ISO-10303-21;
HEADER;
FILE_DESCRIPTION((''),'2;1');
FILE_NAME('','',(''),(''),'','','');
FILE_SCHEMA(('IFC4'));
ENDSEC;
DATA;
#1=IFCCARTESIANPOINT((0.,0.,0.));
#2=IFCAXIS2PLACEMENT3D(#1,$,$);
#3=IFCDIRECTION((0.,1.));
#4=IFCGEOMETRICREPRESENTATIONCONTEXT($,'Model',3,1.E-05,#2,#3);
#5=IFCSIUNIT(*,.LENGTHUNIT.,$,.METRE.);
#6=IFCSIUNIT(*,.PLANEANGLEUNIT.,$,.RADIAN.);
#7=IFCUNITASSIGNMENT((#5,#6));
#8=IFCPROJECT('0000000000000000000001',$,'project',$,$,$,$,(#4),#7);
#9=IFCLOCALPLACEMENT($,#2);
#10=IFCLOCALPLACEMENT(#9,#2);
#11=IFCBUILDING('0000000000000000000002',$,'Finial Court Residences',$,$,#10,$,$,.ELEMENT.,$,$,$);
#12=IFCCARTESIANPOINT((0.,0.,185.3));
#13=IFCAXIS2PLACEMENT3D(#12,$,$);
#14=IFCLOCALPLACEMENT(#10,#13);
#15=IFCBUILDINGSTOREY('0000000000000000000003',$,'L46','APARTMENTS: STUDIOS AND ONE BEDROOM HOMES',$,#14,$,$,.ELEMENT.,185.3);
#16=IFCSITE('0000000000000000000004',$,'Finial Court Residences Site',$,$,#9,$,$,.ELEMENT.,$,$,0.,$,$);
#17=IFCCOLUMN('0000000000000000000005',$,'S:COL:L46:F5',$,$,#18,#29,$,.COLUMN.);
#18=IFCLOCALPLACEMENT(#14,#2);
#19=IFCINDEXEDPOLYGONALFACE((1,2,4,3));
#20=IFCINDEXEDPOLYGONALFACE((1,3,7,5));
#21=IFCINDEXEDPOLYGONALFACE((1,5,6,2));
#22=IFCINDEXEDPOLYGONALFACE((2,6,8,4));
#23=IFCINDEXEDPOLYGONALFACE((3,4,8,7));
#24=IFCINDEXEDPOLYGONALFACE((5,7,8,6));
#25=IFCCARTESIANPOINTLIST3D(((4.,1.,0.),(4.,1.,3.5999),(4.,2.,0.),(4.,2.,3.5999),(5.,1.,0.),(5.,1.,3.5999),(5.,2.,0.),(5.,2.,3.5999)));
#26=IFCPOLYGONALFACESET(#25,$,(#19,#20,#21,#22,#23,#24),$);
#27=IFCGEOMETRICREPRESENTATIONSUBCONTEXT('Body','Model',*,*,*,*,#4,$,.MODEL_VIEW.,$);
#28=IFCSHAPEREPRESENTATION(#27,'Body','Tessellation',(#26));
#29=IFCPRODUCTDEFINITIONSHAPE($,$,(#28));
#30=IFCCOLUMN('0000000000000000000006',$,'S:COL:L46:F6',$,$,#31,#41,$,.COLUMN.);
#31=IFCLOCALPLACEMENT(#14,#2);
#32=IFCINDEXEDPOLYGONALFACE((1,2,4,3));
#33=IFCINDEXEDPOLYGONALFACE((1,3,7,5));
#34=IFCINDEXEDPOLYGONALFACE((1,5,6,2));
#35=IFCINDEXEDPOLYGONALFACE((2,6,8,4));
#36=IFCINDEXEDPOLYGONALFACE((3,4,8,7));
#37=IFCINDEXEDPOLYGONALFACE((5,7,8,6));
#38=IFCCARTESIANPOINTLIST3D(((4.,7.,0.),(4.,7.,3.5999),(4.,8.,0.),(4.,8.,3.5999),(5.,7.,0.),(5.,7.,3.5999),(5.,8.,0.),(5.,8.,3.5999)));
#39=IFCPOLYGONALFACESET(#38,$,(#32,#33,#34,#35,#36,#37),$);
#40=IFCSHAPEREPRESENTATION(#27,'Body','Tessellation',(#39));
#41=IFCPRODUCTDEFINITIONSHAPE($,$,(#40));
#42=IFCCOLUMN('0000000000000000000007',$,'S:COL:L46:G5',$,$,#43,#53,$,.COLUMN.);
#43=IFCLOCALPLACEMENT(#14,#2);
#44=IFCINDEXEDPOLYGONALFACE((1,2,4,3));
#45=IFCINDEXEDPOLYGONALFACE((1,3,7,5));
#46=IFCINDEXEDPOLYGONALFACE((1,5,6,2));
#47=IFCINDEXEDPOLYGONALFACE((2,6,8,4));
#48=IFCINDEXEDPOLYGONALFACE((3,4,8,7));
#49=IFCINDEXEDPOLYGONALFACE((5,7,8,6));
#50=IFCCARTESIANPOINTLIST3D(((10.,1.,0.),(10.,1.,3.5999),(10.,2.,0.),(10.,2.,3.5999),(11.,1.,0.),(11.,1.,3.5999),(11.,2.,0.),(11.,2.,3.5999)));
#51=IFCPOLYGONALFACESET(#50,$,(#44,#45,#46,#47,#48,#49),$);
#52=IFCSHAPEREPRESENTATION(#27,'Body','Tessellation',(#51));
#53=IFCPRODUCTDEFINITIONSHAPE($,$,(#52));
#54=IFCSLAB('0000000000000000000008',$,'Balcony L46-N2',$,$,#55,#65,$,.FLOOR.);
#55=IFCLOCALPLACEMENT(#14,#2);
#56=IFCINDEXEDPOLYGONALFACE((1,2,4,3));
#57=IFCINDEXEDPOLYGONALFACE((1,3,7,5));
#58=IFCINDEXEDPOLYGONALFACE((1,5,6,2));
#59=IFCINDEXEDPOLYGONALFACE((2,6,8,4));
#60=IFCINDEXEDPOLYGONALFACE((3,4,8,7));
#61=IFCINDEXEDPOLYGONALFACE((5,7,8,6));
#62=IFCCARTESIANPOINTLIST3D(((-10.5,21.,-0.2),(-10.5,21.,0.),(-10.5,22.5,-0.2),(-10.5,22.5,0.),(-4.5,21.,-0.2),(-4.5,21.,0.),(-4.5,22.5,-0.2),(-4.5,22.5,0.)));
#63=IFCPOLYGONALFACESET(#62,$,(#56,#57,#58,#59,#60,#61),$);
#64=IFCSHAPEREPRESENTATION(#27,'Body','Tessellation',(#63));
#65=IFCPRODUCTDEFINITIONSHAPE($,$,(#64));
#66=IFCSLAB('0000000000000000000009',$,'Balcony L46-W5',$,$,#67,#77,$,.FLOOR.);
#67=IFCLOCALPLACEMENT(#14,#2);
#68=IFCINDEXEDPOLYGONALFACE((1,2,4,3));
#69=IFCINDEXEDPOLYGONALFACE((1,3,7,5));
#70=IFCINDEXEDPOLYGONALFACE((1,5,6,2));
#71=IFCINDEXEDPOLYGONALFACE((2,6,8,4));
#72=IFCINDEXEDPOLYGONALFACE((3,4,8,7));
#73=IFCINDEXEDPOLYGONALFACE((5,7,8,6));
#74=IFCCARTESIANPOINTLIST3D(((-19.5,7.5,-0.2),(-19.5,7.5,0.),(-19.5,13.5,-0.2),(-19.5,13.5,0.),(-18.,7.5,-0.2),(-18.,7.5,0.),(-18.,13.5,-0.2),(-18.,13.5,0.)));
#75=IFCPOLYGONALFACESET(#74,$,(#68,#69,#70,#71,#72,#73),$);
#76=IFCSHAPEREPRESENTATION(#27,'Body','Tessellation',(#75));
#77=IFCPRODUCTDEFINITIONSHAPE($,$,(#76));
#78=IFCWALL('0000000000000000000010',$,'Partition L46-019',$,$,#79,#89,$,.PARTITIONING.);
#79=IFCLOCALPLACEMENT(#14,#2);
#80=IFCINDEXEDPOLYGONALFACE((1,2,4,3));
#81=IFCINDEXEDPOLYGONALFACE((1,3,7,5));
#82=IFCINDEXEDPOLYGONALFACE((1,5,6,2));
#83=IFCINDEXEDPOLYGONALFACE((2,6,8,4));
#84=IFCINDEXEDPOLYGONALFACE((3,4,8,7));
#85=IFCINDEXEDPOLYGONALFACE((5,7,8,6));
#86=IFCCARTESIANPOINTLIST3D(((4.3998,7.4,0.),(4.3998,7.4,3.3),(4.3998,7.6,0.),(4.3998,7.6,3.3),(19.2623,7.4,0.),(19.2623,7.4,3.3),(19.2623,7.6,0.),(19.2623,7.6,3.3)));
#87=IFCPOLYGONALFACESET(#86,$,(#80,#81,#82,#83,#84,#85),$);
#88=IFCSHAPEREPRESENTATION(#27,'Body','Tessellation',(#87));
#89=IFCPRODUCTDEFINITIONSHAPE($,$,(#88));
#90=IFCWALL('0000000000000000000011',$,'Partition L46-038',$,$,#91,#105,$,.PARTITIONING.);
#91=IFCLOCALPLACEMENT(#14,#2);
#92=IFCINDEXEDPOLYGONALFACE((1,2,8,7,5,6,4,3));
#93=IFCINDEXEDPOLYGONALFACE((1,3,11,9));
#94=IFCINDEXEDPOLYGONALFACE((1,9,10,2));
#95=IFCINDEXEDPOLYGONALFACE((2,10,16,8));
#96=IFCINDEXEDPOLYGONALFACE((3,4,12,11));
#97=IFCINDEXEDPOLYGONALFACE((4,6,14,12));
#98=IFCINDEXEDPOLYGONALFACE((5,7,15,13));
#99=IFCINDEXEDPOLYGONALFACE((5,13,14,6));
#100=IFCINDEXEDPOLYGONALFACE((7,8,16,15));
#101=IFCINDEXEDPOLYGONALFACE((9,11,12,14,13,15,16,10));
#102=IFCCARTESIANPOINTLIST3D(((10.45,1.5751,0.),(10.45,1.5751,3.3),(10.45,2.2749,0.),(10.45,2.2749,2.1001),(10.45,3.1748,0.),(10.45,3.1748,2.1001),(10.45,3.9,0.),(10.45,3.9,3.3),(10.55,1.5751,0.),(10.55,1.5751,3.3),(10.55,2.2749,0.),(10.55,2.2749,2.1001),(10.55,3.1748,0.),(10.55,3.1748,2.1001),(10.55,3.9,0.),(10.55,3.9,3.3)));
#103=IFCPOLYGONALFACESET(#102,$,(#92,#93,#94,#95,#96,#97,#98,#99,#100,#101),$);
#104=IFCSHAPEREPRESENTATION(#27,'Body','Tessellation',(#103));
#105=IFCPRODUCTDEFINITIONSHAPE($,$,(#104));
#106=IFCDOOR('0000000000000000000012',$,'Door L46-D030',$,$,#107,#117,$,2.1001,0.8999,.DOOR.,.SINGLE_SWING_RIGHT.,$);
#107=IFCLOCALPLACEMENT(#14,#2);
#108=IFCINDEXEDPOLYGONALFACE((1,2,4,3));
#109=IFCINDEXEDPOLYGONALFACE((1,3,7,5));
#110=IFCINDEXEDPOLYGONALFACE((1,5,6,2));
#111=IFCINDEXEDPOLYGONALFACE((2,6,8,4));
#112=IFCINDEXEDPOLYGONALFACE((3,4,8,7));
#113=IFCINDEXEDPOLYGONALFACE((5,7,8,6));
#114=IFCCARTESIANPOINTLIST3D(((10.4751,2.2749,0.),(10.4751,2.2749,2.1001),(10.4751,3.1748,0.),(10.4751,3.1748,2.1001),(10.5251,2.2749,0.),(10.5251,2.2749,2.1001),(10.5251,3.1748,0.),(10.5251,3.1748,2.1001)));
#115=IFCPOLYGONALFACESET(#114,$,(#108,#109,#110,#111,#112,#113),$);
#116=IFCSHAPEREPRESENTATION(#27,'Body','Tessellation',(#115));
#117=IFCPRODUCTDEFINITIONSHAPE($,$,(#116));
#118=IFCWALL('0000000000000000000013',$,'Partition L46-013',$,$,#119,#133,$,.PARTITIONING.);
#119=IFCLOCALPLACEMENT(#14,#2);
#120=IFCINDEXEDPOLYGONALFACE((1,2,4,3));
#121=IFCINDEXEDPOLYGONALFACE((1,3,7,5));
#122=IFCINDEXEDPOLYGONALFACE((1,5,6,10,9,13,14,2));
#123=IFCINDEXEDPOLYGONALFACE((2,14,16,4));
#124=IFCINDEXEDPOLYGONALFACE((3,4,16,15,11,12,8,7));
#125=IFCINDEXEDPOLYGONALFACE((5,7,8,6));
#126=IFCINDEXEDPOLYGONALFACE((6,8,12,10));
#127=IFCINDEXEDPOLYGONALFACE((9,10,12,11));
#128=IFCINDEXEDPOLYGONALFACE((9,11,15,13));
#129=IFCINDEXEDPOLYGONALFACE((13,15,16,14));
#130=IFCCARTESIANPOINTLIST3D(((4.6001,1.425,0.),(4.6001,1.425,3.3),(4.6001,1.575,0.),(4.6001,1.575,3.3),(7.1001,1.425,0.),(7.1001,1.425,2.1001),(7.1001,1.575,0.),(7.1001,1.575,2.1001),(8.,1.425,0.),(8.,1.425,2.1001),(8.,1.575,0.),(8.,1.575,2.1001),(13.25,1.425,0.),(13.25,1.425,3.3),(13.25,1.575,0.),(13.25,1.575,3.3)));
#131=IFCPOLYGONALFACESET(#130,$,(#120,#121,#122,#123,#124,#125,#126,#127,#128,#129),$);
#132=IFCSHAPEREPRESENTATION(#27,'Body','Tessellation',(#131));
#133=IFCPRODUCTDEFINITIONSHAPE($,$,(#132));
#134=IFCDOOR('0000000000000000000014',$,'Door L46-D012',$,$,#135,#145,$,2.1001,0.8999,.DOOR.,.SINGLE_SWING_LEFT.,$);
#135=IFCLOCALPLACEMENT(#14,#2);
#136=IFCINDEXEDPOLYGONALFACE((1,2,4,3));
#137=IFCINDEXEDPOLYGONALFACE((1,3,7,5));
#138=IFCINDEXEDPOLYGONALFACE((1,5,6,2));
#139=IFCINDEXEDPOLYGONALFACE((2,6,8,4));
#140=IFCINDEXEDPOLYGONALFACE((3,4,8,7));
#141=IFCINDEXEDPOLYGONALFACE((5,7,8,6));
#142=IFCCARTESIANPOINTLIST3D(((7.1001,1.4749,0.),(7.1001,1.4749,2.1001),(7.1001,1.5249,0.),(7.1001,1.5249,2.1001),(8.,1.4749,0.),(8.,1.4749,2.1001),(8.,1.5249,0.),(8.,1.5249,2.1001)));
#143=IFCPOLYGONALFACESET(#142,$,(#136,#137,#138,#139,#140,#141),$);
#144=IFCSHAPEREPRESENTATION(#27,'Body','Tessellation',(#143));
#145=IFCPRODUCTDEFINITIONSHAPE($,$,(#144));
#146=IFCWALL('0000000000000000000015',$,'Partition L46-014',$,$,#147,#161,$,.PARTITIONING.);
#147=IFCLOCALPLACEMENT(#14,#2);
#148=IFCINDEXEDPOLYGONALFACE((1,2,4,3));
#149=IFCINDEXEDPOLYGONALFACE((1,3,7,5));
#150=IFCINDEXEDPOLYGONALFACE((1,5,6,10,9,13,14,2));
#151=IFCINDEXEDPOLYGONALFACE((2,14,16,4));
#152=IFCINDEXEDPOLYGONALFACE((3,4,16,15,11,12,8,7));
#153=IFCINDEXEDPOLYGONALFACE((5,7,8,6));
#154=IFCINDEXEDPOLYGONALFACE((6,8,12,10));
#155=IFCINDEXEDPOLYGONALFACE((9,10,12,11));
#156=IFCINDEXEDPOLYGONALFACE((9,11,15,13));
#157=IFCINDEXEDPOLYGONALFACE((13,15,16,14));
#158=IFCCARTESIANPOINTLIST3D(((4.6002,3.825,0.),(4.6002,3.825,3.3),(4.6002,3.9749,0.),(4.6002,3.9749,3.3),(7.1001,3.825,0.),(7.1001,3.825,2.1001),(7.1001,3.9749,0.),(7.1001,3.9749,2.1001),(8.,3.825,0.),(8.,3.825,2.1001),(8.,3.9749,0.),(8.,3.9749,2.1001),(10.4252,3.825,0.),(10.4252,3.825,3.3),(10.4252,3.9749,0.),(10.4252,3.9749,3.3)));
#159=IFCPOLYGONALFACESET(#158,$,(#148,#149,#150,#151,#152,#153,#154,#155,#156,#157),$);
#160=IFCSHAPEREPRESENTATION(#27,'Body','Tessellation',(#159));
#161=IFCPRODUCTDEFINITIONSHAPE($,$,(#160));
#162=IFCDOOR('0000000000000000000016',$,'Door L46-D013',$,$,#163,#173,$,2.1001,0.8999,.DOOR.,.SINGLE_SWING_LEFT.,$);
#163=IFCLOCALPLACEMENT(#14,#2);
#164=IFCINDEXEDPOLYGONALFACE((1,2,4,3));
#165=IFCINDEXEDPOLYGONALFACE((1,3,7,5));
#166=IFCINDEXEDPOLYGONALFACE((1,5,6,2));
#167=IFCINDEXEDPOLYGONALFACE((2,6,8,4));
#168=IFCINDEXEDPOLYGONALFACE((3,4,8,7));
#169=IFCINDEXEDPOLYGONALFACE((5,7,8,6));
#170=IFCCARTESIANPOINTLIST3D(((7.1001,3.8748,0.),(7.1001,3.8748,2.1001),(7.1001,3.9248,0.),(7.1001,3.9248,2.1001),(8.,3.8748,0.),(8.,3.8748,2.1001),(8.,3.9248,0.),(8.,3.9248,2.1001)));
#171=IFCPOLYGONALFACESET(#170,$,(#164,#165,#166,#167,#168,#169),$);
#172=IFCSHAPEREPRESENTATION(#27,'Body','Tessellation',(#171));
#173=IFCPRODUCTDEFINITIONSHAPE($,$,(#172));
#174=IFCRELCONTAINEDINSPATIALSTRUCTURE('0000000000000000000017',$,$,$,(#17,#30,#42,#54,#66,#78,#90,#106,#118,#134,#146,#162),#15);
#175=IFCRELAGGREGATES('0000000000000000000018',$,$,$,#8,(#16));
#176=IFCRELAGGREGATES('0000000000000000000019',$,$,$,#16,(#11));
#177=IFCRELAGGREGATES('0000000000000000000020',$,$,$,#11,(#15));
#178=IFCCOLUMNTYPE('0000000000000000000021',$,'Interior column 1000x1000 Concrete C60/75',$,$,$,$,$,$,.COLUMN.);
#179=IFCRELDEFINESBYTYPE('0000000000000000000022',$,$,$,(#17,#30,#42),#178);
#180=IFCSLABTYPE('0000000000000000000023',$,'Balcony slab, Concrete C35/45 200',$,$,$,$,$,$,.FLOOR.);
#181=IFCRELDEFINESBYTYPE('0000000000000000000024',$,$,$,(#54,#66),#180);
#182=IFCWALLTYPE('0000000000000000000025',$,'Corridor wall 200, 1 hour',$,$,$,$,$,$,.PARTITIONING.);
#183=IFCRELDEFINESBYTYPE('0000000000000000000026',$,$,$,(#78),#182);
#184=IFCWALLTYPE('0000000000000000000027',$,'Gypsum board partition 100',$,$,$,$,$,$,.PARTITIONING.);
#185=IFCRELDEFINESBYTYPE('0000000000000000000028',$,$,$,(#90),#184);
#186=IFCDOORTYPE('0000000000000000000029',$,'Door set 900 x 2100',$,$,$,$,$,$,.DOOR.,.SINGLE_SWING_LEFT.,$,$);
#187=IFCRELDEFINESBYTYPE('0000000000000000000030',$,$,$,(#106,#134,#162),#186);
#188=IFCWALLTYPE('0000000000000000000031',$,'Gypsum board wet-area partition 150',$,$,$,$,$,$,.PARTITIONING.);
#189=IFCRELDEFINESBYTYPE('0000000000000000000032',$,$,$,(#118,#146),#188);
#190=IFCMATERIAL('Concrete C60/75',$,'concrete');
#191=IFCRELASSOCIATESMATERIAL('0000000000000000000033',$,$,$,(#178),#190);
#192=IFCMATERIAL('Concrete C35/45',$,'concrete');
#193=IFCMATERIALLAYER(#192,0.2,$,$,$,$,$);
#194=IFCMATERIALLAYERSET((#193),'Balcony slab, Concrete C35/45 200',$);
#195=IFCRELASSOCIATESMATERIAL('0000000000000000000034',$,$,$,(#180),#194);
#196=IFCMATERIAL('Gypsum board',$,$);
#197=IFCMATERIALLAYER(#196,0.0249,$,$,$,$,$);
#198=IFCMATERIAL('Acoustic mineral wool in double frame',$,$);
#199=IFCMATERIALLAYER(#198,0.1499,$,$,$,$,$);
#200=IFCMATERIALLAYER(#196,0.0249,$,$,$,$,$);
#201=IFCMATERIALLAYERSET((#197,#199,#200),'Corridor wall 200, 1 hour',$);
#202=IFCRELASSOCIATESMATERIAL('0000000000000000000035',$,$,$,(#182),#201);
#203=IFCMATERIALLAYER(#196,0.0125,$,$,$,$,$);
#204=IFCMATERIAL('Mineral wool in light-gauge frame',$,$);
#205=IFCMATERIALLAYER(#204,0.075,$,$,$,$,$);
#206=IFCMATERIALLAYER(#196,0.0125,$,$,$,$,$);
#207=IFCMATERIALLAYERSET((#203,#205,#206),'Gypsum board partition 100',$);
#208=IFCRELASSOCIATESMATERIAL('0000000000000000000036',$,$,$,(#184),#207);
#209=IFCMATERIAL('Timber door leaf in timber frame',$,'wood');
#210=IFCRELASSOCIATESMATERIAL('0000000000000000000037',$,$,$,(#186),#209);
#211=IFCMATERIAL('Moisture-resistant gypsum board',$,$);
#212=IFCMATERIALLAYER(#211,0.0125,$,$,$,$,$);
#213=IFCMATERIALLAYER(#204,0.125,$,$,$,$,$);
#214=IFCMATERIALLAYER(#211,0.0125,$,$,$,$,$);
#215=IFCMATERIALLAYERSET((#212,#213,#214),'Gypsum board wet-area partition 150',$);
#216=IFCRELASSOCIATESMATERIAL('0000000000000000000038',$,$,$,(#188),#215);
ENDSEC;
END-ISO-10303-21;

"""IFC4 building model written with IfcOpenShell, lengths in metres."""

from ifc_helpers import new_model, si_unit, direction, frame, frame_2d, origin, origin_2d, place, context, subcontext, project, spatial, polyline, rectangle, outline, extrude, material, layer, layer_set, material_profile, profile_set, type_object, element, fill, save


model = new_model("IFC4")

# Units and contexts
model_context = context("Model", 3, precision=1e-05, world=origin(), true_north=direction((0.0, 1.0)))
body_context = subcontext(model_context, "Body", "Model", "MODEL_VIEW")
ifc_project = project(units=[si_unit("LENGTHUNIT", "METRE"), si_unit("PLANEANGLEUNIT", "RADIAN")], contexts=[model_context])

# Site, building, storey
site_placement = place(None, origin())
site = spatial("IfcSite", under=ifc_project, at=site_placement, Name="Finial Court Residences Site", CompositionType="ELEMENT", RefElevation=0.0)
building_placement = place(site_placement, origin())
building = spatial("IfcBuilding", under=site, at=building_placement, Name="Finial Court Residences", CompositionType="ELEMENT")
storey_placement = place(building_placement, frame((0.0, 0.0, 185.3)))
storey = spatial("IfcBuildingStorey", under=building, at=storey_placement, Name="L46", Description="APARTMENTS: STUDIOS AND ONE BEDROOM HOMES", CompositionType="ELEMENT", Elevation=185.3)

# Columns
ifc_material_1 = material(Name="Concrete C60/75", Category="concrete")
ifc_material_profile = material_profile(ifc_material_1, rectangle(XDim=1.0, YDim=1.0, at=origin_2d()), Name="1000x1000")
ifc_profile_set = profile_set([ifc_material_profile], Name="Concrete C60/75")
column_type = type_object("IfcColumnType", Name="Interior column 1000x1000 Concrete C60/75", PredefinedType="COLUMN", material=ifc_profile_set)
for number, where, z_axis, x_axis, name in (
    (1, (4.5, 1.5, 0.0), (0.0, 0.0, 1.0), (1.0, 0.0, 0.0), "S:COL:L46:F5"),
    (2, (4.5, 7.5, 0.0), (0.0, 0.0, 1.0), (1.0, 0.0, 0.0), "S:COL:L46:F6"),
    (3, (10.5, 1.5, 0.0), (0.0, 0.0, 1.0), (1.0, 0.0, 0.0), "S:COL:L46:G5"),
):
    element("IfcColumn", number, at=place(storey_placement, frame(where, z_axis=z_axis, x_axis=x_axis)), inside=storey, type_object=column_type, Name=name, PredefinedType="COLUMN", context=body_context, shape_type="SweptSolid", body=[
        extrude(rectangle(XDim=1.0, YDim=1.0, at=origin_2d()), origin(), (0.0, 0.0, 1.0), 3.5999),
    ])

# Slabs
ifc_material_2 = material(Name="Concrete C35/45", Category="concrete")
ifc_layer_1 = layer(ifc_material_2, 0.2)
ifc_layer_set_1 = layer_set([ifc_layer_1], Name="Balcony slab, Concrete C35/45 200")
slab_type = type_object("IfcSlabType", Name="Balcony slab, Concrete C35/45 200", PredefinedType="FLOOR", material=ifc_layer_set_1)
slab_1_placement = place(storey_placement, frame((0.0, 0.0, -0.2)))
element("IfcSlab", 4, at=slab_1_placement, inside=storey, type_object=slab_type, Name="Balcony L46-N2", PredefinedType="FLOOR", context=body_context, shape_type="SweptSolid", body=[
    extrude(outline(polyline([(-4.5, 21.0), (-4.5, 22.5), (-10.5, 22.5), (-10.5, 21.0), (-4.5, 21.0)])), origin(), (0.0, 0.0, 1.0), 0.2),
])
slab_2_placement = place(storey_placement, frame((0.0, 0.0, -0.2)))
element("IfcSlab", 5, at=slab_2_placement, inside=storey, type_object=slab_type, Name="Balcony L46-W5", PredefinedType="FLOOR", context=body_context, shape_type="SweptSolid", body=[
    extrude(outline(polyline([(-18.0, 7.5), (-18.0, 13.5), (-19.5, 13.5), (-19.5, 7.5), (-18.0, 7.5)])), origin(), (0.0, 0.0, 1.0), 0.2),
])

# Wall
ifc_material_3 = material(Name="Gypsum board")
ifc_layer_2 = layer(ifc_material_3, 0.0249)
ifc_material_4 = material(Name="Acoustic mineral wool in double frame")
ifc_layer_3 = layer(ifc_material_4, 0.1499)
ifc_layer_4 = layer(ifc_material_3, 0.0249)
ifc_layer_set_2 = layer_set([ifc_layer_2, ifc_layer_3, ifc_layer_4], Name="Corridor wall 200, 1 hour")
wall_type_1 = type_object("IfcWallType", Name="Corridor wall 200, 1 hour", PredefinedType="PARTITIONING", material=ifc_layer_set_2)
wall_1_placement = place(storey_placement, frame((4.3999, 7.5, 0.0), z_axis=(0.0, 0.0, 1.0), x_axis=(1.0, 0.0, 0.0)))
element("IfcWall", 6, at=wall_1_placement, inside=storey, type_object=wall_type_1, Name="Partition L46-019", PredefinedType="PARTITIONING", context=body_context, shape_type="SweptSolid", body=[
    extrude(rectangle(XDim=14.8625, YDim=0.2, at=frame_2d((7.4312, 0.0))), origin(), (0.0, 0.0, 1.0), 3.3),
])

# Walls, openings, doors
ifc_layer_5 = layer(ifc_material_3, 0.0125)
ifc_material_5 = material(Name="Mineral wool in light-gauge frame")
ifc_layer_6 = layer(ifc_material_5, 0.075)
ifc_layer_7 = layer(ifc_material_3, 0.0125)
ifc_layer_set_3 = layer_set([ifc_layer_5, ifc_layer_6, ifc_layer_7], Name="Gypsum board partition 100")
wall_type_2 = type_object("IfcWallType", Name="Gypsum board partition 100", PredefinedType="PARTITIONING", material=ifc_layer_set_3)
wall_2_placement = place(storey_placement, frame((10.5, 1.575, 0.0), z_axis=(0.0, 0.0, 1.0), x_axis=(0.0, 1.0, 0.0)))
wall_2 = element("IfcWall", 7, at=wall_2_placement, inside=storey, type_object=wall_type_2, Name="Partition L46-038", PredefinedType="PARTITIONING", context=body_context, shape_type="SweptSolid", body=[
    extrude(rectangle(XDim=2.325, YDim=0.1001, at=frame_2d((1.1626, 0.0))), origin(), (0.0, 0.0, 1.0), 3.3),
])
opening_1_placement = place(wall_2_placement, frame((0.7, 0.0, 0.0)))
opening_1 = element("IfcOpeningElement", 8, at=opening_1_placement, cuts=wall_2, PredefinedType="OPENING", context=body_context, shape_type="SweptSolid", body=[
    extrude(rectangle(XDim=0.8999, YDim=2.1001, at=frame_2d((0.45, 1.05))), frame((0.0, 0.0601, 0.0), z_axis=(0.0, -1.0, 0.0), x_axis=(1.0, 0.0, 0.0)), (0.0, 0.0, 1.0), 0.1201),
])
ifc_material_6 = material(Name="Timber door leaf in timber frame", Category="wood")
door_type = type_object("IfcDoorType", Name="Door set 900 x 2100", OperationType="SINGLE_SWING_LEFT", PredefinedType="DOOR", material=ifc_material_6)
door_1_placement = place(opening_1_placement, origin())
door_1 = element("IfcDoor", 9, at=door_1_placement, inside=storey, type_object=door_type, Name="Door L46-D030", OperationType="SINGLE_SWING_RIGHT", OverallHeight=2.1001, OverallWidth=0.8999, PredefinedType="DOOR", context=body_context, shape_type="SweptSolid", body=[
    extrude(rectangle(XDim=0.8999, YDim=2.1001, at=frame_2d((0.45, 1.05))), frame((0.0, 0.0249, 0.0), z_axis=(0.0, -1.0, 0.0), x_axis=(1.0, 0.0, 0.0)), (0.0, 0.0, 1.0), 0.05),
])
fill(opening_1, door_1)
ifc_material_7 = material(Name="Moisture-resistant gypsum board")
ifc_layer_8 = layer(ifc_material_7, 0.0125)
ifc_layer_9 = layer(ifc_material_5, 0.125)
ifc_layer_10 = layer(ifc_material_7, 0.0125)
ifc_layer_set_4 = layer_set([ifc_layer_8, ifc_layer_9, ifc_layer_10], Name="Gypsum board wet-area partition 150")
wall_type_3 = type_object("IfcWallType", Name="Gypsum board wet-area partition 150", PredefinedType="PARTITIONING", material=ifc_layer_set_4)
wall_3_placement = place(storey_placement, frame((4.6001, 1.5, 0.0), z_axis=(0.0, 0.0, 1.0), x_axis=(1.0, 0.0, 0.0)))
wall_3 = element("IfcWall", 10, at=wall_3_placement, inside=storey, type_object=wall_type_3, Name="Partition L46-013", PredefinedType="PARTITIONING", context=body_context, shape_type="SweptSolid", body=[
    extrude(rectangle(XDim=8.6499, YDim=0.1499, at=frame_2d((4.325, 0.0))), origin(), (0.0, 0.0, 1.0), 3.3),
])
opening_2_placement = place(wall_3_placement, frame((2.5, 0.0, 0.0)))
opening_2 = element("IfcOpeningElement", 11, at=opening_2_placement, cuts=wall_3, PredefinedType="OPENING", context=body_context, shape_type="SweptSolid", body=[
    extrude(rectangle(XDim=0.8999, YDim=2.1001, at=frame_2d((0.45, 1.05))), frame((0.0, 0.085, 0.0), z_axis=(0.0, -1.0, 0.0), x_axis=(1.0, 0.0, 0.0)), (0.0, 0.0, 1.0), 0.1699),
])
door_2_placement = place(opening_2_placement, origin())
door_2 = element("IfcDoor", 12, at=door_2_placement, inside=storey, type_object=door_type, Name="Door L46-D012", OperationType="SINGLE_SWING_LEFT", OverallHeight=2.1001, OverallWidth=0.8999, PredefinedType="DOOR", context=body_context, shape_type="SweptSolid", body=[
    extrude(rectangle(XDim=0.8999, YDim=2.1001, at=frame_2d((0.45, 1.05))), frame((0.0, 0.0249, 0.0), z_axis=(0.0, -1.0, 0.0), x_axis=(1.0, 0.0, 0.0)), (0.0, 0.0, 1.0), 0.05),
])
fill(opening_2, door_2)
wall_4_placement = place(storey_placement, frame((4.6001, 3.8999, 0.0), z_axis=(0.0, 0.0, 1.0), x_axis=(1.0, 0.0, 0.0)))
wall_4 = element("IfcWall", 13, at=wall_4_placement, inside=storey, type_object=wall_type_3, Name="Partition L46-014", PredefinedType="PARTITIONING", context=body_context, shape_type="SweptSolid", body=[
    extrude(rectangle(XDim=5.825, YDim=0.1499, at=frame_2d((2.9126, 0.0))), origin(), (0.0, 0.0, 1.0), 3.3),
])
opening_3_placement = place(wall_4_placement, frame((2.5, 0.0, 0.0)))
opening_3 = element("IfcOpeningElement", 14, at=opening_3_placement, cuts=wall_4, PredefinedType="OPENING", context=body_context, shape_type="SweptSolid", body=[
    extrude(rectangle(XDim=0.8999, YDim=2.1001, at=frame_2d((0.45, 1.05))), frame((0.0, 0.085, 0.0), z_axis=(0.0, -1.0, 0.0), x_axis=(1.0, 0.0, 0.0)), (0.0, 0.0, 1.0), 0.1699),
])
door_3_placement = place(opening_3_placement, origin())
door_3 = element("IfcDoor", 15, at=door_3_placement, inside=storey, type_object=door_type, Name="Door L46-D013", OperationType="SINGLE_SWING_LEFT", OverallHeight=2.1001, OverallWidth=0.8999, PredefinedType="DOOR", context=body_context, shape_type="SweptSolid", body=[
    extrude(rectangle(XDim=0.8999, YDim=2.1001, at=frame_2d((0.45, 1.05))), frame((0.0, 0.0249, 0.0), z_axis=(0.0, -1.0, 0.0), x_axis=(1.0, 0.0, 0.0)), (0.0, 0.0, 1.0), 0.05),
])
fill(opening_3, door_3)

save(model, "model.ifc")
